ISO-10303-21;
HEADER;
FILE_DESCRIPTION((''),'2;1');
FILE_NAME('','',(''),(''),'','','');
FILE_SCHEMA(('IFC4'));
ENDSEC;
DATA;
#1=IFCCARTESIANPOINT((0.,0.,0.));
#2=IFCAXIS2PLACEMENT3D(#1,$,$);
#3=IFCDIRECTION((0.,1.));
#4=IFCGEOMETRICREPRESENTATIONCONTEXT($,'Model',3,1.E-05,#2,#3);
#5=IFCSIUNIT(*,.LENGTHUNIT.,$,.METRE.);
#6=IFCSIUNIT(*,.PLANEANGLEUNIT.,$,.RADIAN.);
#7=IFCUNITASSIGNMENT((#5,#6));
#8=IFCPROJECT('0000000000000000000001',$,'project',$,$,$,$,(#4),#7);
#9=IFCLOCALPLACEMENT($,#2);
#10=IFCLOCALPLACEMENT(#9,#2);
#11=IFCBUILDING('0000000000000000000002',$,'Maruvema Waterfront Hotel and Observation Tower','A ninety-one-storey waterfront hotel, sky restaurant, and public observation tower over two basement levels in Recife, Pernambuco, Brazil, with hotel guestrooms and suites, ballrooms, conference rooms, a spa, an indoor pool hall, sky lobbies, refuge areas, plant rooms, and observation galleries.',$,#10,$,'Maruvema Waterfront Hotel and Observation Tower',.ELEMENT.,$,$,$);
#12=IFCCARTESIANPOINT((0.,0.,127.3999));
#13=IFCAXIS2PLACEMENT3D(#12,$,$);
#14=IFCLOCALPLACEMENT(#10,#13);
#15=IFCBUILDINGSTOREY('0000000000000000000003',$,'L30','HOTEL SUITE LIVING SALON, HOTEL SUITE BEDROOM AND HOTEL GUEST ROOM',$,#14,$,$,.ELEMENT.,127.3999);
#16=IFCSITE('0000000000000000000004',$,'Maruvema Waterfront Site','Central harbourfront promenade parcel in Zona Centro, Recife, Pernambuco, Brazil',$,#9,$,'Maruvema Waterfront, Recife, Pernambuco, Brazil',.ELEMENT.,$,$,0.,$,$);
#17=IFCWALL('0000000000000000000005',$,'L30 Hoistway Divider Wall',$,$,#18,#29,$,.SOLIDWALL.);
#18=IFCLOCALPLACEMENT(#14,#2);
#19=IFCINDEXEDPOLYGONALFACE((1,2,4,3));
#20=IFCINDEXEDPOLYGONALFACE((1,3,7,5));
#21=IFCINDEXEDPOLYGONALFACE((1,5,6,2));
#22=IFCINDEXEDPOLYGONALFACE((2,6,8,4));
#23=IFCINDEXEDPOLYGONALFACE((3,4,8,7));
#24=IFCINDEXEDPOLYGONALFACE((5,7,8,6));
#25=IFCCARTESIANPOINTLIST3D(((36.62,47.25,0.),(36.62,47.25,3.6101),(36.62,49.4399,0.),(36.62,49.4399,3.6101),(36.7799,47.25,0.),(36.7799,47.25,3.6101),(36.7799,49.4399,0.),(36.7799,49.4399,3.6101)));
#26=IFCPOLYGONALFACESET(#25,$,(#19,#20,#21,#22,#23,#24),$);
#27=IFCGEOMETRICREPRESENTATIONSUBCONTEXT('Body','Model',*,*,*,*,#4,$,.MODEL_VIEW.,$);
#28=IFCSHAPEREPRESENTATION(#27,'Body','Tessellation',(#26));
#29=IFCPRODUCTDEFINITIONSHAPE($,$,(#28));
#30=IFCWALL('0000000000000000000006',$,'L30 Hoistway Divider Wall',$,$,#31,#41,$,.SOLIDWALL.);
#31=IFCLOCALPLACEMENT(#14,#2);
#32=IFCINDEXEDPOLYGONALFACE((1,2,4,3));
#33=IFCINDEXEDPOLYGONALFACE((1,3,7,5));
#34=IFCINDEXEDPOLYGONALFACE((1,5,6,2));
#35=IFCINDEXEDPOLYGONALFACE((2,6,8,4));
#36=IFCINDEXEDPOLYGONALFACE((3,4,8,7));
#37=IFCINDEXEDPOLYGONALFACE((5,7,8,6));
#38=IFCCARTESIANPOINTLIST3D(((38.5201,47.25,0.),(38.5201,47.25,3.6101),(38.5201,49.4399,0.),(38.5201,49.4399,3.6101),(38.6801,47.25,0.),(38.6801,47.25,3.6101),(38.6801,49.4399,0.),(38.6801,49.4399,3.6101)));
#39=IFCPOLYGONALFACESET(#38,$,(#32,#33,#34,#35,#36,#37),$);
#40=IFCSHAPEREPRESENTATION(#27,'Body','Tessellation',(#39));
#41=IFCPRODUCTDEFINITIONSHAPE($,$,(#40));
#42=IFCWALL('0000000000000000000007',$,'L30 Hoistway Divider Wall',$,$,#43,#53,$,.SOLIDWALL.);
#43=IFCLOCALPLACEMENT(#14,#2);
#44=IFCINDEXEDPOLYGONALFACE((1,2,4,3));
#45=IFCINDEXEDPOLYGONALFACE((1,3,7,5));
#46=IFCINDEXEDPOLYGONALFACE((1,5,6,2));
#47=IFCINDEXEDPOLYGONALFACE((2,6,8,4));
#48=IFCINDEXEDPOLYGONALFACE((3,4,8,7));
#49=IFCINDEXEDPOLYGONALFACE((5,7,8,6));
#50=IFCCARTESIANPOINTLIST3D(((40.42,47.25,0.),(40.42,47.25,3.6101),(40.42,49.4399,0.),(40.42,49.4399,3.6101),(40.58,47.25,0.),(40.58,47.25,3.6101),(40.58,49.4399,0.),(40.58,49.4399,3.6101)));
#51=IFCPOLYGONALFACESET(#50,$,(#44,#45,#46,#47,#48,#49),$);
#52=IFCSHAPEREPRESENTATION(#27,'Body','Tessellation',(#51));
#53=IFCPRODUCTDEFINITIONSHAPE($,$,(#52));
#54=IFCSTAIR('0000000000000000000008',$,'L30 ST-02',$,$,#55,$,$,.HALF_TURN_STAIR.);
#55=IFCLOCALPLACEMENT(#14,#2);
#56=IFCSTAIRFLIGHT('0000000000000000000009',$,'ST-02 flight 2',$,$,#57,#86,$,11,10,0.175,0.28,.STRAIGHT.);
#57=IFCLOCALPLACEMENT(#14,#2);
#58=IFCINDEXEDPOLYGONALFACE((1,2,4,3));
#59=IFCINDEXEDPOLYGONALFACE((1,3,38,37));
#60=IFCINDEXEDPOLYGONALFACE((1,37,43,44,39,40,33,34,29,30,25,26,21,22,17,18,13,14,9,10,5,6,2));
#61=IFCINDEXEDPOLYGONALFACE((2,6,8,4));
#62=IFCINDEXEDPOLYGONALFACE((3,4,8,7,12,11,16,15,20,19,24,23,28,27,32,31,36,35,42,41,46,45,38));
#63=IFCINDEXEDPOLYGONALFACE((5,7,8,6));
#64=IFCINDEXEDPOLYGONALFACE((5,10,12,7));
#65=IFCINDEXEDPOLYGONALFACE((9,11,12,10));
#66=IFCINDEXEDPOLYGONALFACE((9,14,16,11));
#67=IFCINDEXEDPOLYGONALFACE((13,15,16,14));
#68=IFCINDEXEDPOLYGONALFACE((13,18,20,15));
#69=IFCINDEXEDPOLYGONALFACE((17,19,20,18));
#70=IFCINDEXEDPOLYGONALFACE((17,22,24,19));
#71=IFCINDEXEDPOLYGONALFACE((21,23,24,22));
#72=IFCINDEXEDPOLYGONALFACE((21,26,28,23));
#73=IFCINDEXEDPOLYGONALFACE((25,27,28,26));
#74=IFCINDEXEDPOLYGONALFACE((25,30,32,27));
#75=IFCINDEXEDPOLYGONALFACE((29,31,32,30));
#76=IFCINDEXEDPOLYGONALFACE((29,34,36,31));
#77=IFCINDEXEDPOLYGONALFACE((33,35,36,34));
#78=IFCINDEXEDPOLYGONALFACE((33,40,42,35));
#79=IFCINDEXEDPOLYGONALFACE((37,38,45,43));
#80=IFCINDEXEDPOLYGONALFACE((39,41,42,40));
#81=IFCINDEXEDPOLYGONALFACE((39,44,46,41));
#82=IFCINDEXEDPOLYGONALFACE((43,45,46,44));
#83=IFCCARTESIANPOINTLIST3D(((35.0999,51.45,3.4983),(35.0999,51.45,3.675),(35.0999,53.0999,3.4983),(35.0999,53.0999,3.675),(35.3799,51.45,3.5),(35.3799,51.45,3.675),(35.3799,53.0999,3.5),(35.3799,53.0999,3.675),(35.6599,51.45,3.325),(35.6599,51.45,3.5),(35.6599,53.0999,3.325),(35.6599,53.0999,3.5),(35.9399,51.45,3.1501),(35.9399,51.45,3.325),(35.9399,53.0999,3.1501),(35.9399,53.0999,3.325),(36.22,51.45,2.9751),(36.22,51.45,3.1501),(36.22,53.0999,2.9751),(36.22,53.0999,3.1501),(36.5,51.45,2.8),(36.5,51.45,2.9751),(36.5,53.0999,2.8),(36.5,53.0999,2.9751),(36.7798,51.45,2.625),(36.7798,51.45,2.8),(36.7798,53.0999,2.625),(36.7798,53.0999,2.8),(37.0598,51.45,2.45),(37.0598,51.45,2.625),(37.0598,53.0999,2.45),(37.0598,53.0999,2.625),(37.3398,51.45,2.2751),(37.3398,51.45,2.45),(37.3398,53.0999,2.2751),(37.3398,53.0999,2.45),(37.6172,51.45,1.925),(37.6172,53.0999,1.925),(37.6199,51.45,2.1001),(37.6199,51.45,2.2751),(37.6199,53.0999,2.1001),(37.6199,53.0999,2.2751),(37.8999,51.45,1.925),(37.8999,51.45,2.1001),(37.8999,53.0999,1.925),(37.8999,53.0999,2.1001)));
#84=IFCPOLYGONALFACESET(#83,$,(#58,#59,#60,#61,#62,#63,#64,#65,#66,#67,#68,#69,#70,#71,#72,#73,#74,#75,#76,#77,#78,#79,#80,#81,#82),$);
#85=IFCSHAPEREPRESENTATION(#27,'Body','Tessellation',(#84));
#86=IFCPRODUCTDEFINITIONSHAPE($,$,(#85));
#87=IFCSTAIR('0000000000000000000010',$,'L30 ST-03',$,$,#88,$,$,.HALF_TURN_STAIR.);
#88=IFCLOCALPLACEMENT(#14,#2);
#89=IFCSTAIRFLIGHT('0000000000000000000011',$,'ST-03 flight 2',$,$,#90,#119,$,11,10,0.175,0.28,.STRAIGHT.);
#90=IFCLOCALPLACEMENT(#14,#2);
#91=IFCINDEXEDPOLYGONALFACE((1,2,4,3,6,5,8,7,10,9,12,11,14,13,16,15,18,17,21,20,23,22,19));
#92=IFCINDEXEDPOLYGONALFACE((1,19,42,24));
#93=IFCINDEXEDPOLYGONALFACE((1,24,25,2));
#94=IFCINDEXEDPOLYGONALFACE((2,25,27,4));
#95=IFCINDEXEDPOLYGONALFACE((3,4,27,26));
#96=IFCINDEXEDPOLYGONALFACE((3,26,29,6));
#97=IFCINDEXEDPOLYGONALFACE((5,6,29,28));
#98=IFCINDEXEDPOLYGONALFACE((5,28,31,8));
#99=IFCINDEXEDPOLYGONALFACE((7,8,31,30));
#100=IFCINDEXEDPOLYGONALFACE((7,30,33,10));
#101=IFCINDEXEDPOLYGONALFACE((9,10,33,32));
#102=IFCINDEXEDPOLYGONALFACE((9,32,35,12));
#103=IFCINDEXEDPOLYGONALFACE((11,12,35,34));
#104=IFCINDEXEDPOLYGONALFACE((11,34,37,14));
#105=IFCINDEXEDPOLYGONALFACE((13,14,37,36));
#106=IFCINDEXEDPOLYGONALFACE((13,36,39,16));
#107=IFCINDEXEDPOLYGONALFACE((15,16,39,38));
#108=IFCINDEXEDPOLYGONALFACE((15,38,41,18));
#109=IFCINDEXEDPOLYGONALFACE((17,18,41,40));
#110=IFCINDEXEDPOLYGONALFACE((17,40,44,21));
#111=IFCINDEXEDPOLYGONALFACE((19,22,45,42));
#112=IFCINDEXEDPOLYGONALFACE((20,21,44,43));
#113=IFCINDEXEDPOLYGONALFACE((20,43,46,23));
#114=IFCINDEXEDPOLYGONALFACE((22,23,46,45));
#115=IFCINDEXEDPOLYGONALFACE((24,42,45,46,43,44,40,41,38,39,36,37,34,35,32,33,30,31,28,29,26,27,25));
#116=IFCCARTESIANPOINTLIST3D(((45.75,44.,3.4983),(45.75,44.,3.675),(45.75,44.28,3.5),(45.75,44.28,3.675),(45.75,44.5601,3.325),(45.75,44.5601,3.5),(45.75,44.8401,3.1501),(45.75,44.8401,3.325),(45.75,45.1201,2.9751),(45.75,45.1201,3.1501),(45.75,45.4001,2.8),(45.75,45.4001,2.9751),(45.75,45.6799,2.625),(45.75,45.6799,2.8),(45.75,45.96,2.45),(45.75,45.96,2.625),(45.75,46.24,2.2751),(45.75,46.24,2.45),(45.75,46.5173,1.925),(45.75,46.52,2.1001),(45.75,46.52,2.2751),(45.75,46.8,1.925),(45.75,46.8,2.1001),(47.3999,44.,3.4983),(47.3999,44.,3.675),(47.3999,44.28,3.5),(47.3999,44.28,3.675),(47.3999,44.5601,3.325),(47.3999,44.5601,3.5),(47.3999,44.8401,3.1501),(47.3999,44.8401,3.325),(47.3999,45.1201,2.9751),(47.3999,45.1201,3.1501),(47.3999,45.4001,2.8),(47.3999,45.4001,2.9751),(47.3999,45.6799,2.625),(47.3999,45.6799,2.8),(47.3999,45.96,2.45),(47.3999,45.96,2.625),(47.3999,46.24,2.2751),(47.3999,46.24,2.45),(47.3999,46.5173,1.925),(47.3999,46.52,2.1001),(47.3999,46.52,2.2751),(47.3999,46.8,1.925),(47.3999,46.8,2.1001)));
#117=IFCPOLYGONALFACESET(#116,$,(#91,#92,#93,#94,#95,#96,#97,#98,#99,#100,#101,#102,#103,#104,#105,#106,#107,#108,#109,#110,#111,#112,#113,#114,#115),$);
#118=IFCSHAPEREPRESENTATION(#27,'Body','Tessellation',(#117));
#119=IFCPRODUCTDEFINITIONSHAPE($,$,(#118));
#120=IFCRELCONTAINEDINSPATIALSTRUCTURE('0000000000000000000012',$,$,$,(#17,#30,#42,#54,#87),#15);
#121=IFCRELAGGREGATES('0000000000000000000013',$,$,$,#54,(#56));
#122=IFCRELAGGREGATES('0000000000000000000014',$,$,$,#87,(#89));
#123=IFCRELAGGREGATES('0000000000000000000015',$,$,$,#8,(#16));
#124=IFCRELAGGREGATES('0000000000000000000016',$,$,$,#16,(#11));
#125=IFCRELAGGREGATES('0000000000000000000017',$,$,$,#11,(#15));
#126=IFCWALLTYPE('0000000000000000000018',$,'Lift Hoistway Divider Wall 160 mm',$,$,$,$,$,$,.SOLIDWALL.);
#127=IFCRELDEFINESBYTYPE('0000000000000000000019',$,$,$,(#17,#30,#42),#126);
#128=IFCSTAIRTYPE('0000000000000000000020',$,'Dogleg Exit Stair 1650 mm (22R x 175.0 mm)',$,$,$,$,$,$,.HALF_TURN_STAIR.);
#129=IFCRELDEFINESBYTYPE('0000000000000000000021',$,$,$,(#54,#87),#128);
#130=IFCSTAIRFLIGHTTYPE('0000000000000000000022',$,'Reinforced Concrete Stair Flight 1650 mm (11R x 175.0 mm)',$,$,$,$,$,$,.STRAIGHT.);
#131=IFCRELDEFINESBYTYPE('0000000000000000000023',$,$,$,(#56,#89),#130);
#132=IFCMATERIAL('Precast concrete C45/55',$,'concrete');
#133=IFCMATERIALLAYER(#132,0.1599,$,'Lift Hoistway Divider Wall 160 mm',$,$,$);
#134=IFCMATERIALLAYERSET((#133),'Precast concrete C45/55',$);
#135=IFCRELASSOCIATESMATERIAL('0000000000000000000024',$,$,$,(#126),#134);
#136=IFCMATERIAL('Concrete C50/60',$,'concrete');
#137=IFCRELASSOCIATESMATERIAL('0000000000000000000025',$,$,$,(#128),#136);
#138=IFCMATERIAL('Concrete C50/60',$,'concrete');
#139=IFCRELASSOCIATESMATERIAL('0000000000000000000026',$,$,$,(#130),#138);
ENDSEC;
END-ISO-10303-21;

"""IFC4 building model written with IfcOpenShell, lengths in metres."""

from ifc_helpers import new_model, si_unit, direction, frame, frame_2d, origin, place, context, subcontext, project, spatial, polyline, rectangle, outline, extrude, material, layer, layer_set, type_object, element, aggregate, save


model = new_model("IFC4")

# Units and contexts
model_context = context("Model", 3, precision=1e-05, world=origin(), true_north=direction((0.0, 1.0)))
body_context = subcontext(model_context, "Body", "Model", "MODEL_VIEW")
ifc_project = project(units=[si_unit("LENGTHUNIT", "METRE"), si_unit("PLANEANGLEUNIT", "RADIAN")], contexts=[model_context])

# Site, building, storey
site_placement = place(None, origin())
site = spatial("IfcSite", under=ifc_project, at=site_placement, Name="Maruvema Waterfront Site", Description="Central harbourfront promenade parcel in Zona Centro, Recife, Pernambuco, Brazil", LongName="Maruvema Waterfront, Recife, Pernambuco, Brazil", CompositionType="ELEMENT", RefElevation=0.0)
building_placement = place(site_placement, origin())
building = spatial("IfcBuilding", under=site, at=building_placement, Name="Maruvema Waterfront Hotel and Observation Tower", Description="A ninety-one-storey waterfront hotel, sky restaurant, and public observation tower over two basement levels in Recife, Pernambuco, Brazil, with hotel guestrooms and suites, ballrooms, conference rooms, a spa, an indoor pool hall, sky lobbies, refuge areas, plant rooms, and observation galleries.", LongName="Maruvema Waterfront Hotel and Observation Tower", CompositionType="ELEMENT")
storey_placement = place(building_placement, frame((0.0, 0.0, 127.3999)))
storey = spatial("IfcBuildingStorey", under=building, at=storey_placement, Name="L30", Description="HOTEL SUITE LIVING SALON, HOTEL SUITE BEDROOM AND HOTEL GUEST ROOM", CompositionType="ELEMENT", Elevation=127.3999)

# Walls
ifc_material_1 = material(Name="Precast concrete C45/55", Category="concrete")
ifc_layer_1 = layer(ifc_material_1, 0.1599, Name="Lift Hoistway Divider Wall 160 mm")
ifc_layer_set_1 = layer_set([ifc_layer_1], Name="Precast concrete C45/55")
wall_type_1 = type_object("IfcWallType", Name="Lift Hoistway Divider Wall 160 mm", PredefinedType="SOLIDWALL", material=ifc_layer_set_1)
for number, where, z_axis, x_axis, name in (
    (1, (36.7, 47.25, 0.0), (0.0, 0.0, 1.0), (0.0, 1.0, 0.0), "L30 Hoistway Divider Wall"),
    (2, (38.6001, 47.25, 0.0), (0.0, 0.0, 1.0), (0.0, 1.0, 0.0), "L30 Hoistway Divider Wall"),
    (3, (40.5, 47.25, 0.0), (0.0, 0.0, 1.0), (0.0, 1.0, 0.0), "L30 Hoistway Divider Wall"),
):
    element("IfcWall", number, at=place(storey_placement, frame(where, z_axis=z_axis, x_axis=x_axis)), inside=storey, type_object=wall_type_1, Name=name, PredefinedType="SOLIDWALL", context=body_context, shape_type="SweptSolid", body=[
        extrude(rectangle(XDim=2.1899, YDim=0.1599, at=frame_2d((1.095, 0.0))), origin(), (0.0, 0.0, 1.0), 3.6101),
    ])

# Stairs, stair flights
ifc_material_2 = material(Name="Concrete C50/60", Category="concrete")
stair_type = type_object("IfcStairType", Name="Dogleg Exit Stair 1650 mm (22R x 175.0 mm)", PredefinedType="HALF_TURN_STAIR", material=ifc_material_2)
stair_1_placement = place(storey_placement, origin())
stair_1 = element("IfcStair", 4, at=stair_1_placement, inside=storey, type_object=stair_type, Name="L30 ST-02", PredefinedType="HALF_TURN_STAIR")
ifc_material_3 = material(Name="Concrete C50/60", Category="concrete")
stair_flight_type = type_object("IfcStairFlightType", Name="Reinforced Concrete Stair Flight 1650 mm (11R x 175.0 mm)", PredefinedType="STRAIGHT", material=ifc_material_3)
stair_flight_1_placement = place(storey_placement, frame((37.8999, 52.2749, 1.925), z_axis=(0.0, 0.0, 1.0), x_axis=(-1.0, 0.0, 0.0)))
stair_flight_1 = element("IfcStairFlight", 5, at=stair_flight_1_placement, type_object=stair_flight_type, Name="ST-02 flight 2", NumberOfRisers=11, NumberOfTreads=10, PredefinedType="STRAIGHT", RiserHeight=0.175, TreadLength=0.28, context=body_context, shape_type="SweptSolid", body=[
    extrude(outline(polyline([(0.0, 0.0), (0.0, 0.175), (0.28, 0.175), (0.28, 0.3501), (0.5601, 0.3501), (0.5601, 0.5249), (0.8401, 0.5249), (0.8401, 0.7), (1.1201, 0.7), (1.1201, 0.875), (1.3999, 0.875), (1.3999, 1.05), (1.6799, 1.05), (1.6799, 1.2251), (1.96, 1.2251), (1.96, 1.3999), (2.24, 1.3999), (2.24, 1.575), (2.52, 1.575), (2.52, 1.75), (2.8, 1.75), (2.8, 1.925), (2.8, 1.5732), (0.2827, 0.0), (0.0, 0.0)])), frame((0.0, 0.825, 0.0), z_axis=(0.0, -1.0, 0.0), x_axis=(1.0, 0.0, 0.0)), (0.0, 0.0, 1.0), 1.6499),
])
aggregate(stair_1, [stair_flight_1])
stair_2_placement = place(storey_placement, origin())
stair_2 = element("IfcStair", 6, at=stair_2_placement, inside=storey, type_object=stair_type, Name="L30 ST-03", PredefinedType="HALF_TURN_STAIR")
stair_flight_2_placement = place(storey_placement, frame((46.575, 46.8, 1.925), z_axis=(0.0, 0.0, 1.0), x_axis=(0.0, -1.0, 0.0)))
stair_flight_2 = element("IfcStairFlight", 7, at=stair_flight_2_placement, type_object=stair_flight_type, Name="ST-03 flight 2", NumberOfRisers=11, NumberOfTreads=10, PredefinedType="STRAIGHT", RiserHeight=0.175, TreadLength=0.28, context=body_context, shape_type="SweptSolid", body=[
    extrude(outline(polyline([(0.0, 0.0), (0.0, 0.175), (0.28, 0.175), (0.28, 0.3501), (0.5601, 0.3501), (0.5601, 0.5249), (0.8401, 0.5249), (0.8401, 0.7), (1.1201, 0.7), (1.1201, 0.875), (1.3999, 0.875), (1.3999, 1.05), (1.6799, 1.05), (1.6799, 1.2251), (1.96, 1.2251), (1.96, 1.3999), (2.24, 1.3999), (2.24, 1.575), (2.52, 1.575), (2.52, 1.75), (2.8, 1.75), (2.8, 1.925), (2.8, 1.5732), (0.2827, 0.0), (0.0, 0.0)])), frame((0.0, 0.825, 0.0), z_axis=(0.0, -1.0, 0.0), x_axis=(1.0, 0.0, 0.0)), (0.0, 0.0, 1.0), 1.6499),
])
aggregate(stair_2, [stair_flight_2])

save(model, "model.ifc")
